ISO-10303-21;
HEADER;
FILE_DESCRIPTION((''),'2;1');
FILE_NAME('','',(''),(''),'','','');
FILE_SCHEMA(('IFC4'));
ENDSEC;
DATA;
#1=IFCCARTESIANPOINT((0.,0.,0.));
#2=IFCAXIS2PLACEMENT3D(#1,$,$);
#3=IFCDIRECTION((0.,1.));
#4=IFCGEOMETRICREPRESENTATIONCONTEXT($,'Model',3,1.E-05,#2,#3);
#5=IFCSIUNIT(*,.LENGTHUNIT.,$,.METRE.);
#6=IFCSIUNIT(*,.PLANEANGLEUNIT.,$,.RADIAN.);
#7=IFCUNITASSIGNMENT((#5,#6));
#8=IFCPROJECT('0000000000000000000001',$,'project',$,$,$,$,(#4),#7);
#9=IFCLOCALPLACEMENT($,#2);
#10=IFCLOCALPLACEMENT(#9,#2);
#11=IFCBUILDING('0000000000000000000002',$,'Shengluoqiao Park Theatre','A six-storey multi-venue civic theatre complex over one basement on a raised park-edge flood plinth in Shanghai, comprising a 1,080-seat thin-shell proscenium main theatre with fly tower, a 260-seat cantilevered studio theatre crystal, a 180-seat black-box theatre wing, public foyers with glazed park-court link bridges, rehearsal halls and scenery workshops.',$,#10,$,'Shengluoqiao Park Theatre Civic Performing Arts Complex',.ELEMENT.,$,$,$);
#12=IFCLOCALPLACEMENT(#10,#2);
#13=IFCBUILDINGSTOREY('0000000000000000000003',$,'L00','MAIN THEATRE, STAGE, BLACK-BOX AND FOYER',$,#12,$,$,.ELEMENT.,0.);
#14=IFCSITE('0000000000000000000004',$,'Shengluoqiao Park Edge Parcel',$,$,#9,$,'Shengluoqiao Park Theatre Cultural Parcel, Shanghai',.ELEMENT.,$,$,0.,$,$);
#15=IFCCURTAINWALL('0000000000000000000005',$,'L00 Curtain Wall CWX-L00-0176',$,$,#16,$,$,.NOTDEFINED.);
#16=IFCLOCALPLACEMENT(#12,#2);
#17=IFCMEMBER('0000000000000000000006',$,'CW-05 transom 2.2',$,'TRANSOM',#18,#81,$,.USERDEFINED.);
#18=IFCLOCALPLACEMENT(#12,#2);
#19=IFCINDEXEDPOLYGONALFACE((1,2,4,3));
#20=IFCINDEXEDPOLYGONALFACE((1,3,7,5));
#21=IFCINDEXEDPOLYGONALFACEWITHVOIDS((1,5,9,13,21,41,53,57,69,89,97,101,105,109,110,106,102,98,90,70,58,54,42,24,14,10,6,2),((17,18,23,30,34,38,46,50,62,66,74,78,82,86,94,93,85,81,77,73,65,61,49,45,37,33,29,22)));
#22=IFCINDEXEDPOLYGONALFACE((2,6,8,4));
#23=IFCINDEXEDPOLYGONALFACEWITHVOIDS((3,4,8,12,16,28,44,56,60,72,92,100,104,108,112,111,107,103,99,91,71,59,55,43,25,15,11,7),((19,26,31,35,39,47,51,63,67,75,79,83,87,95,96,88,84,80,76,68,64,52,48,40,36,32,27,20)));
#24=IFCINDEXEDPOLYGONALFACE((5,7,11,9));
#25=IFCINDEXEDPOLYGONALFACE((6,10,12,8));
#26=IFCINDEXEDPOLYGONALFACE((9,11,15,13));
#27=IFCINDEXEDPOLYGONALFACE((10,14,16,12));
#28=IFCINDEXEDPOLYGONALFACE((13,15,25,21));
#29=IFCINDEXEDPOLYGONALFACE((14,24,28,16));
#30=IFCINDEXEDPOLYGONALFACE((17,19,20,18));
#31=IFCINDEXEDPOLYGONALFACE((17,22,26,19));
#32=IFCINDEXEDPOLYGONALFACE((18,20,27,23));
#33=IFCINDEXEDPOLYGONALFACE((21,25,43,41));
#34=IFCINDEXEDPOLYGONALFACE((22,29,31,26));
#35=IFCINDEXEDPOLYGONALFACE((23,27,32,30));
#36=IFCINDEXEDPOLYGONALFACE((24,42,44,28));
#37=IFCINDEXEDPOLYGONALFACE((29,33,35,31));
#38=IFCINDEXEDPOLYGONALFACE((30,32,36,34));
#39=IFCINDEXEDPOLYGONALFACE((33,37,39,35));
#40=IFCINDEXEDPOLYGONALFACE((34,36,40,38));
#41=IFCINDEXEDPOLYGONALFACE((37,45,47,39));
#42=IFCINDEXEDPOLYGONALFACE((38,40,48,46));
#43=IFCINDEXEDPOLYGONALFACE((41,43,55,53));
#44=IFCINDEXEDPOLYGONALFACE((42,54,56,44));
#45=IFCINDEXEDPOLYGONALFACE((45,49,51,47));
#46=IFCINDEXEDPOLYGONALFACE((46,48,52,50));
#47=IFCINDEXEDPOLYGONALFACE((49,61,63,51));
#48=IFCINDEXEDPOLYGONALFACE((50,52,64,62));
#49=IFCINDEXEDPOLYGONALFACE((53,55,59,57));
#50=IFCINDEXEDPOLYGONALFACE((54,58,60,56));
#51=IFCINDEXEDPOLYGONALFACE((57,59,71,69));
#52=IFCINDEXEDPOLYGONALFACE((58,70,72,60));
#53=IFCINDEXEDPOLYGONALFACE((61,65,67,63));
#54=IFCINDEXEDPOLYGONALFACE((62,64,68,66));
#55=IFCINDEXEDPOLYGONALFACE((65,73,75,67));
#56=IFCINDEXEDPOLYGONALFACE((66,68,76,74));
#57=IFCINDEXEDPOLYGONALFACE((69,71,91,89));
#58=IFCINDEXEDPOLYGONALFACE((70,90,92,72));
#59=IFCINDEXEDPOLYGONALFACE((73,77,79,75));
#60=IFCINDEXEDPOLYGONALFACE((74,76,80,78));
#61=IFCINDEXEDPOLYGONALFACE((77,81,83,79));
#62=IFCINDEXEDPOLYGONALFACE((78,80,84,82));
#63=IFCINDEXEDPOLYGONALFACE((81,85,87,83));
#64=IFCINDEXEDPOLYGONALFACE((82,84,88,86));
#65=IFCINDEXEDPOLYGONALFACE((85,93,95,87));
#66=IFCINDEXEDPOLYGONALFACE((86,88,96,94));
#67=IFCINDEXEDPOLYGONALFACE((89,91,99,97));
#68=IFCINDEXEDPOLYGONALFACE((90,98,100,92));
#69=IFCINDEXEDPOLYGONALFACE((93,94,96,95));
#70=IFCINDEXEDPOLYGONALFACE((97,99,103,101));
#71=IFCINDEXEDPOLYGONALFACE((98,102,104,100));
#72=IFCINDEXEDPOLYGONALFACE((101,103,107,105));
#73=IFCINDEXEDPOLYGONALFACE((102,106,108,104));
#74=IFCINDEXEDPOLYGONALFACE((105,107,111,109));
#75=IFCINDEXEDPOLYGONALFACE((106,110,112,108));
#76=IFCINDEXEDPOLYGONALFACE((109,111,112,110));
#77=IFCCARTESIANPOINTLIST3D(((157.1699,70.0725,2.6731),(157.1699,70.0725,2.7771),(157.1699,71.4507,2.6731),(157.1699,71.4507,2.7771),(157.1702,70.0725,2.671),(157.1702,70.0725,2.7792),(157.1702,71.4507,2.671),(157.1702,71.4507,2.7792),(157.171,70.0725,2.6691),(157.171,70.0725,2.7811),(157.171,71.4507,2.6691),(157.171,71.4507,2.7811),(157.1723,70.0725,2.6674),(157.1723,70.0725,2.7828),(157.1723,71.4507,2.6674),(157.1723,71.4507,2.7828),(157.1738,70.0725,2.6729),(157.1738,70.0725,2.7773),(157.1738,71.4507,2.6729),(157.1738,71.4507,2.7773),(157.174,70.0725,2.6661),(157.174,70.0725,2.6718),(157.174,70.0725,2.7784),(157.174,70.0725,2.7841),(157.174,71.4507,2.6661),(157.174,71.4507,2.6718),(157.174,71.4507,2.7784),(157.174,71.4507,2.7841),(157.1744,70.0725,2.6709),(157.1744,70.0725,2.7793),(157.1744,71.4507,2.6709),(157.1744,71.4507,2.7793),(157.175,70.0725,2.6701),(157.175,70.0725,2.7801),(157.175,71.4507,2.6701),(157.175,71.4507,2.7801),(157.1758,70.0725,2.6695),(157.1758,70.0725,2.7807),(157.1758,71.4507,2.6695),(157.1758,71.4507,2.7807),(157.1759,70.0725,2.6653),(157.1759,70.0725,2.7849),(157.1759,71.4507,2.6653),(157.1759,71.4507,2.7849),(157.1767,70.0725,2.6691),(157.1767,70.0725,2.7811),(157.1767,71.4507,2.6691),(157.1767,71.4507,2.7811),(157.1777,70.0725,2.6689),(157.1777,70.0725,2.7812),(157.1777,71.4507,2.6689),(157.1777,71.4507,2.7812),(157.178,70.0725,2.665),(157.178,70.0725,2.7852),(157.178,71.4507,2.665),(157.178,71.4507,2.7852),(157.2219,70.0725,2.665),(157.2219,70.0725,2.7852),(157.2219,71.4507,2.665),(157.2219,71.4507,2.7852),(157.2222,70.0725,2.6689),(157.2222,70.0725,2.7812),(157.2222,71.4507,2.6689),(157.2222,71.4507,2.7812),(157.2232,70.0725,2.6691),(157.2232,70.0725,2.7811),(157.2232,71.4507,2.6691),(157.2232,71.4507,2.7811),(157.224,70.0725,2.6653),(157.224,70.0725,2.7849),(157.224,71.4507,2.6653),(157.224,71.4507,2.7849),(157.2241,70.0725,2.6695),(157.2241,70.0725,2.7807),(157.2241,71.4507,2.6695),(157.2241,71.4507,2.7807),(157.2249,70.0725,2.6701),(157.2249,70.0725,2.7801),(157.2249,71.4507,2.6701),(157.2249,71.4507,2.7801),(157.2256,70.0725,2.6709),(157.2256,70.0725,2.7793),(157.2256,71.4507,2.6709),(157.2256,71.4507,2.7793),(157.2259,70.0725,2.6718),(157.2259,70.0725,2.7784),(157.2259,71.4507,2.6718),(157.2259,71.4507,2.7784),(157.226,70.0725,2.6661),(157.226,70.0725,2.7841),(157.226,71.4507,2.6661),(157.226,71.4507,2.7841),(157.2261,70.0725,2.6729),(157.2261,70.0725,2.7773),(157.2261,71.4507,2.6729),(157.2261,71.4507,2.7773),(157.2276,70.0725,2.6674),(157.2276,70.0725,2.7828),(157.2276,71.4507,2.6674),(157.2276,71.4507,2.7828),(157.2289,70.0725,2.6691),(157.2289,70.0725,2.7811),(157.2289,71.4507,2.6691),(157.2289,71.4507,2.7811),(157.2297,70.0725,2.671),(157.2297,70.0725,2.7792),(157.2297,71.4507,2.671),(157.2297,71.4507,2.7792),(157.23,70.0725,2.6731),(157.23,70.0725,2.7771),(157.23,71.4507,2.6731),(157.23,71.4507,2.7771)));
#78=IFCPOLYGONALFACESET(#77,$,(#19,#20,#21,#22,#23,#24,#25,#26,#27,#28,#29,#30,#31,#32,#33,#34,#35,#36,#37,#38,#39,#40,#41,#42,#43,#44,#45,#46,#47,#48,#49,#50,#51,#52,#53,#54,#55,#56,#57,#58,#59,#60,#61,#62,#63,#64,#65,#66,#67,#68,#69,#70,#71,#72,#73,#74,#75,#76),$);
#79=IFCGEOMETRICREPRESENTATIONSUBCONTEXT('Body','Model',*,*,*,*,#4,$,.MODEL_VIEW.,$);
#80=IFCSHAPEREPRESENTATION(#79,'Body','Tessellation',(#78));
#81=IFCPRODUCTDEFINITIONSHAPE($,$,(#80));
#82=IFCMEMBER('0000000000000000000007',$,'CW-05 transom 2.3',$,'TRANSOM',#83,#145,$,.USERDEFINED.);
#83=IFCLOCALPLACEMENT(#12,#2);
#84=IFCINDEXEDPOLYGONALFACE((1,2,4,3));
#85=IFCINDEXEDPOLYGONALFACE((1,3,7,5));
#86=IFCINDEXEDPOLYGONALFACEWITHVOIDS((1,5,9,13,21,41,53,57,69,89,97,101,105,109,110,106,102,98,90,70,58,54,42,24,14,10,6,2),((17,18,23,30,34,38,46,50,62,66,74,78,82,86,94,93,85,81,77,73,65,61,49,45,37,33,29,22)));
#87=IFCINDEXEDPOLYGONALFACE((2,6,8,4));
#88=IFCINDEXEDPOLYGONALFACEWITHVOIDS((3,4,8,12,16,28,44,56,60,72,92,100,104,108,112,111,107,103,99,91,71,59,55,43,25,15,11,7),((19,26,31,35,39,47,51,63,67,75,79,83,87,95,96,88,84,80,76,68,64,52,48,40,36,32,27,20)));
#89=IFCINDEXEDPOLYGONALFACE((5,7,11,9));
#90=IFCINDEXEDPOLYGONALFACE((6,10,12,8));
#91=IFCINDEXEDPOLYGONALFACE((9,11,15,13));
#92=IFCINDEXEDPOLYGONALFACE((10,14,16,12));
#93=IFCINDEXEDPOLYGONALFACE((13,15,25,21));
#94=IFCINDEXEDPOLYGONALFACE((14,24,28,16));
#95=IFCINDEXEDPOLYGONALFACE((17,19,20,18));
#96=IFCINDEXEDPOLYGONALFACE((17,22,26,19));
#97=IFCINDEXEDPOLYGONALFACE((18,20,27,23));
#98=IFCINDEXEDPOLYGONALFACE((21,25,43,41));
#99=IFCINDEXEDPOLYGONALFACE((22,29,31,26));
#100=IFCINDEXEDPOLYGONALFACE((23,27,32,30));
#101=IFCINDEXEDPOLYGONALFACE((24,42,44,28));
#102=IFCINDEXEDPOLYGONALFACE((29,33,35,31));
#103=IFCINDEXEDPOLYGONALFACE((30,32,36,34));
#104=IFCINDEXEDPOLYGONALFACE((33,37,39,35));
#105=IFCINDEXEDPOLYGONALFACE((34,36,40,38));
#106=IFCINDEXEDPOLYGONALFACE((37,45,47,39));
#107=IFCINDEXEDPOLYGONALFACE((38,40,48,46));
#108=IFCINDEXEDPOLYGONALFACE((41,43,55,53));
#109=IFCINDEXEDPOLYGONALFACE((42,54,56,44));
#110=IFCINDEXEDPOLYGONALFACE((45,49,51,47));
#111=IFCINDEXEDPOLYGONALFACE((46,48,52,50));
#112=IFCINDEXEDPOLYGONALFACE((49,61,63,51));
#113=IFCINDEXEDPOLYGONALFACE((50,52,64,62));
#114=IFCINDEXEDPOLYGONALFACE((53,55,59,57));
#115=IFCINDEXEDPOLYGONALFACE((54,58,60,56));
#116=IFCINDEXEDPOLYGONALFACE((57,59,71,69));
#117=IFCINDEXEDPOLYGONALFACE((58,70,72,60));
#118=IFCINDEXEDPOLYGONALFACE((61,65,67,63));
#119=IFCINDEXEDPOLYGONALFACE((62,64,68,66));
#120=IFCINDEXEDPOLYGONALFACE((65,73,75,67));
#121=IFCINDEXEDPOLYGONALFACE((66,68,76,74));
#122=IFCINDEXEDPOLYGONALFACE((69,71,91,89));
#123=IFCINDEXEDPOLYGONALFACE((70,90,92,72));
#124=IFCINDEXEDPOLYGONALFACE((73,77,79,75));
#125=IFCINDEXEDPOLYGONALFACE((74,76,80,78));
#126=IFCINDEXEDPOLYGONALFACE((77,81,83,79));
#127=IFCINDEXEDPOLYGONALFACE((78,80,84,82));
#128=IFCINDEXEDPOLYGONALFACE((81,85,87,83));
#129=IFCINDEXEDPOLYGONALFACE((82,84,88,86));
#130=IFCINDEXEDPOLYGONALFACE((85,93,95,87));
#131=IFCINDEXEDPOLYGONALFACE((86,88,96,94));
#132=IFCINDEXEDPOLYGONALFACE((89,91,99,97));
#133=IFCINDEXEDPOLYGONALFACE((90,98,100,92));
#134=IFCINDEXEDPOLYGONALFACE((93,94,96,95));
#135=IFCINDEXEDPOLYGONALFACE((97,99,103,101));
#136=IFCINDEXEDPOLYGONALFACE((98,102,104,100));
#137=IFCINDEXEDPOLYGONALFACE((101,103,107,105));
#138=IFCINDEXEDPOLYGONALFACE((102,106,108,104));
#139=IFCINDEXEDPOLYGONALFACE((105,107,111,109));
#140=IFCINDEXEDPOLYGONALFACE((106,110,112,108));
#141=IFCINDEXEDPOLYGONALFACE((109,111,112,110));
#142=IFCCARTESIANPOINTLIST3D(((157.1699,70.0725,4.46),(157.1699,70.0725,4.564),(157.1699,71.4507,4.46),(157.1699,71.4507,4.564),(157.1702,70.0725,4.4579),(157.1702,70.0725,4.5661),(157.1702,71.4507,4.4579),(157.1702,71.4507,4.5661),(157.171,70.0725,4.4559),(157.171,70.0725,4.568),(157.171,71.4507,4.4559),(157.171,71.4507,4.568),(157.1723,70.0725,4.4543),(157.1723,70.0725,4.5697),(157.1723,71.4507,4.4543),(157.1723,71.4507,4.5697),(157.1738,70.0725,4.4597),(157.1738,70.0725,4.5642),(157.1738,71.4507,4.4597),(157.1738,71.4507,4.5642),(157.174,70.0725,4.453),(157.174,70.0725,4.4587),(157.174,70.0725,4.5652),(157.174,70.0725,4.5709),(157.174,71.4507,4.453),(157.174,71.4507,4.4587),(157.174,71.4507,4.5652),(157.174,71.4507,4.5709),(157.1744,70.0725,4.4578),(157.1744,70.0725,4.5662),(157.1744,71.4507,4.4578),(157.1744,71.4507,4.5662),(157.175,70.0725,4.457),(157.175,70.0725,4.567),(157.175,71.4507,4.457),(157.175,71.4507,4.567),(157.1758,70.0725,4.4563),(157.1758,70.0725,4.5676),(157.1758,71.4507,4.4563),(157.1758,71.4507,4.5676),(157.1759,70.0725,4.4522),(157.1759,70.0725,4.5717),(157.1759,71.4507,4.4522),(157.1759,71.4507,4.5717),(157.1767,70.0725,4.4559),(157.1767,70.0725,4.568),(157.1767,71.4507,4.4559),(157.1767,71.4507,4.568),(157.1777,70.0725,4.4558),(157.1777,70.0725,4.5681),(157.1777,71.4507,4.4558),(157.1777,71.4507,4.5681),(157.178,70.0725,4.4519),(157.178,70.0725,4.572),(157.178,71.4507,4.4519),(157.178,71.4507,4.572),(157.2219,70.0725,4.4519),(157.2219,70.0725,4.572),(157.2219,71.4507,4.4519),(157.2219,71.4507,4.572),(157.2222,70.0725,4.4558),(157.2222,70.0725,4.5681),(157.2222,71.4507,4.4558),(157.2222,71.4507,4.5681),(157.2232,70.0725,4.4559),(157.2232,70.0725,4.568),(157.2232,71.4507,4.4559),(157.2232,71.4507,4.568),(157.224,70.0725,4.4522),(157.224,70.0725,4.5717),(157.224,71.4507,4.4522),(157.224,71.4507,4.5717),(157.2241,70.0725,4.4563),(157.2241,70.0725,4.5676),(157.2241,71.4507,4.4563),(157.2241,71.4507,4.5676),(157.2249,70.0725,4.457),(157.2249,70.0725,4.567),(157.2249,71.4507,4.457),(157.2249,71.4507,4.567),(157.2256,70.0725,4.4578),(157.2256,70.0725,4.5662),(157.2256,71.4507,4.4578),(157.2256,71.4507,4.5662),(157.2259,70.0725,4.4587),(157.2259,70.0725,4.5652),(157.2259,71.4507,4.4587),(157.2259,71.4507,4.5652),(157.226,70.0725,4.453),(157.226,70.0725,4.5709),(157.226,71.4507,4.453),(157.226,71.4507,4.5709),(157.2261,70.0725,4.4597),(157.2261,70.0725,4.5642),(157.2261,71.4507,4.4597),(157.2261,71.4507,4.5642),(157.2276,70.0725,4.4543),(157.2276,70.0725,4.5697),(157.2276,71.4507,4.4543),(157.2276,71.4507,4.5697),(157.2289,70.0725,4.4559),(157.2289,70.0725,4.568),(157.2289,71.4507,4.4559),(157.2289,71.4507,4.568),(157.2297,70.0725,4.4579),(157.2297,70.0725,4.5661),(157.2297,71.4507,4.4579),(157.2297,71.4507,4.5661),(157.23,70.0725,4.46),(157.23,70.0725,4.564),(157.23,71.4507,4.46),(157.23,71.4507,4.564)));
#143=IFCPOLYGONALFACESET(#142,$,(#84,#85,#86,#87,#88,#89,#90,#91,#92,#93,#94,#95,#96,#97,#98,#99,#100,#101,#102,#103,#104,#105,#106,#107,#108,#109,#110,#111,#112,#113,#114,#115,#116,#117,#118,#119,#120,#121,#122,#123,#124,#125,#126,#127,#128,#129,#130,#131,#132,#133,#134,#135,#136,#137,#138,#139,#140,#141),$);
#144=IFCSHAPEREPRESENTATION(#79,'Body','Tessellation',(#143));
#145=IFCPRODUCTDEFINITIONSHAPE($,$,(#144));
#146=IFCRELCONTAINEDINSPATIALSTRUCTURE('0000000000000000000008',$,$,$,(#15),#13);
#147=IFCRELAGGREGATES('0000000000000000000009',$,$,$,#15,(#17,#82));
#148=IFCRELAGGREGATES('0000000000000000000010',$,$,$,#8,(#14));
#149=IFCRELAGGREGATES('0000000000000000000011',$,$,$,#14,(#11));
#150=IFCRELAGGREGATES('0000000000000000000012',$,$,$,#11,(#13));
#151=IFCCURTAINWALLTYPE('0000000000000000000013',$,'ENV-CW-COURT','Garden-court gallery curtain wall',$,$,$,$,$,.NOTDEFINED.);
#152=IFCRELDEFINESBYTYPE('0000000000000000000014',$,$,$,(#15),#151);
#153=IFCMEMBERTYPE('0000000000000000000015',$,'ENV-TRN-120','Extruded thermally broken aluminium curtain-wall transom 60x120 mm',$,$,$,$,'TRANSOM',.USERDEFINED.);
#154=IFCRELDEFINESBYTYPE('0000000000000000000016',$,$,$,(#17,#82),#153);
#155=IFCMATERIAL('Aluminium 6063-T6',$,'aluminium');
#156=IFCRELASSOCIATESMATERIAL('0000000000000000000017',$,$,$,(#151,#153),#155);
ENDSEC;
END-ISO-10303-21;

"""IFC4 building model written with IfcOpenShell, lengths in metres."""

from ifc_helpers import new_model, si_unit, direction, frame, origin, origin_2d, place, context, subcontext, project, spatial, hollow_rectangle, extrude, material, material_profile, profile_set, type_object, element, aggregate, save


model = new_model("IFC4")

# Units and contexts
model_context = context("Model", 3, precision=1e-05, world=origin(), true_north=direction((0.0, 1.0)))
body_context = subcontext(model_context, "Body", "Model", "MODEL_VIEW")
ifc_project = project(units=[si_unit("LENGTHUNIT", "METRE"), si_unit("PLANEANGLEUNIT", "RADIAN")], contexts=[model_context])

# Site, building, storey
site_placement = place(None, origin())
site = spatial("IfcSite", under=ifc_project, at=site_placement, Name="Shengluoqiao Park Edge Parcel", LongName="Shengluoqiao Park Theatre Cultural Parcel, Shanghai", CompositionType="ELEMENT", RefElevation=0.0)
building_placement = place(site_placement, origin())
building = spatial("IfcBuilding", under=site, at=building_placement, Name="Shengluoqiao Park Theatre", Description="A six-storey multi-venue civic theatre complex over one basement on a raised park-edge flood plinth in Shanghai, comprising a 1,080-seat thin-shell proscenium main theatre with fly tower, a 260-seat cantilevered studio theatre crystal, a 180-seat black-box theatre wing, public foyers with glazed park-court link bridges, rehearsal halls and scenery workshops.", LongName="Shengluoqiao Park Theatre Civic Performing Arts Complex", CompositionType="ELEMENT")
storey_placement = place(building_placement, origin())
storey = spatial("IfcBuildingStorey", under=building, at=storey_placement, Name="L00", Description="MAIN THEATRE, STAGE, BLACK-BOX AND FOYER", CompositionType="ELEMENT", Elevation=0.0)

# Curtain wall, members
ifc_material_1 = material(Name="Aluminium 6063-T6", Category="aluminium")
curtain_wall_type = type_object("IfcCurtainWallType", Name="ENV-CW-COURT", Description="Garden-court gallery curtain wall", PredefinedType="NOTDEFINED", material=ifc_material_1)
curtain_wall_placement = place(storey_placement, origin())
curtain_wall = element("IfcCurtainWall", 1, at=curtain_wall_placement, inside=storey, type_object=curtain_wall_type, Name="L00 Curtain Wall CWX-L00-0176", PredefinedType="NOTDEFINED")
ifc_material_profile_1 = material_profile(ifc_material_1, hollow_rectangle(XDim=0.0601, YDim=0.1201, WallThickness=0.0039, InnerFilletRadius=0.0039, OuterFilletRadius=0.0081, at=origin_2d()), Name="ALU TRANSOM 120x60x4")
ifc_profile_set_1 = profile_set([ifc_material_profile_1], Name="Aluminium 6063-T6")
member_type_1 = type_object("IfcMemberType", Name="ENV-TRN-120", Description="Extruded thermally broken aluminium curtain-wall transom 60x120 mm", ElementType="TRANSOM", PredefinedType="USERDEFINED", material=ifc_profile_set_1)
member_1_placement = place(storey_placement, frame((157.2, 70.0725, 2.7251), z_axis=(0.0, 1.0, 0.0), x_axis=(-1.0, 0.0, 0.0)))
member_1 = element("IfcMember", 2, at=member_1_placement, type_object=member_type_1, Name="CW-05 transom 2.2", ObjectType="TRANSOM", PredefinedType="USERDEFINED", context=body_context, shape_type="SweptSolid", body=[
    extrude(hollow_rectangle(XDim=0.0601, YDim=0.1201, WallThickness=0.0039, InnerFilletRadius=0.0039, OuterFilletRadius=0.0081, at=origin_2d()), origin(), (0.0, 0.0, 1.0), 1.3782),
])
member_2_placement = place(storey_placement, frame((157.2, 70.0725, 4.512), z_axis=(0.0, 1.0, 0.0), x_axis=(-1.0, 0.0, 0.0)))
member_2 = element("IfcMember", 3, at=member_2_placement, type_object=member_type_1, Name="CW-05 transom 2.3", ObjectType="TRANSOM", PredefinedType="USERDEFINED", context=body_context, shape_type="SweptSolid", body=[
    extrude(hollow_rectangle(XDim=0.0601, YDim=0.1201, WallThickness=0.0039, InnerFilletRadius=0.0039, OuterFilletRadius=0.0081, at=origin_2d()), origin(), (0.0, 0.0, 1.0), 1.3782),
])
aggregate(curtain_wall, [member_1, member_2])

save(model, "model.ifc")
